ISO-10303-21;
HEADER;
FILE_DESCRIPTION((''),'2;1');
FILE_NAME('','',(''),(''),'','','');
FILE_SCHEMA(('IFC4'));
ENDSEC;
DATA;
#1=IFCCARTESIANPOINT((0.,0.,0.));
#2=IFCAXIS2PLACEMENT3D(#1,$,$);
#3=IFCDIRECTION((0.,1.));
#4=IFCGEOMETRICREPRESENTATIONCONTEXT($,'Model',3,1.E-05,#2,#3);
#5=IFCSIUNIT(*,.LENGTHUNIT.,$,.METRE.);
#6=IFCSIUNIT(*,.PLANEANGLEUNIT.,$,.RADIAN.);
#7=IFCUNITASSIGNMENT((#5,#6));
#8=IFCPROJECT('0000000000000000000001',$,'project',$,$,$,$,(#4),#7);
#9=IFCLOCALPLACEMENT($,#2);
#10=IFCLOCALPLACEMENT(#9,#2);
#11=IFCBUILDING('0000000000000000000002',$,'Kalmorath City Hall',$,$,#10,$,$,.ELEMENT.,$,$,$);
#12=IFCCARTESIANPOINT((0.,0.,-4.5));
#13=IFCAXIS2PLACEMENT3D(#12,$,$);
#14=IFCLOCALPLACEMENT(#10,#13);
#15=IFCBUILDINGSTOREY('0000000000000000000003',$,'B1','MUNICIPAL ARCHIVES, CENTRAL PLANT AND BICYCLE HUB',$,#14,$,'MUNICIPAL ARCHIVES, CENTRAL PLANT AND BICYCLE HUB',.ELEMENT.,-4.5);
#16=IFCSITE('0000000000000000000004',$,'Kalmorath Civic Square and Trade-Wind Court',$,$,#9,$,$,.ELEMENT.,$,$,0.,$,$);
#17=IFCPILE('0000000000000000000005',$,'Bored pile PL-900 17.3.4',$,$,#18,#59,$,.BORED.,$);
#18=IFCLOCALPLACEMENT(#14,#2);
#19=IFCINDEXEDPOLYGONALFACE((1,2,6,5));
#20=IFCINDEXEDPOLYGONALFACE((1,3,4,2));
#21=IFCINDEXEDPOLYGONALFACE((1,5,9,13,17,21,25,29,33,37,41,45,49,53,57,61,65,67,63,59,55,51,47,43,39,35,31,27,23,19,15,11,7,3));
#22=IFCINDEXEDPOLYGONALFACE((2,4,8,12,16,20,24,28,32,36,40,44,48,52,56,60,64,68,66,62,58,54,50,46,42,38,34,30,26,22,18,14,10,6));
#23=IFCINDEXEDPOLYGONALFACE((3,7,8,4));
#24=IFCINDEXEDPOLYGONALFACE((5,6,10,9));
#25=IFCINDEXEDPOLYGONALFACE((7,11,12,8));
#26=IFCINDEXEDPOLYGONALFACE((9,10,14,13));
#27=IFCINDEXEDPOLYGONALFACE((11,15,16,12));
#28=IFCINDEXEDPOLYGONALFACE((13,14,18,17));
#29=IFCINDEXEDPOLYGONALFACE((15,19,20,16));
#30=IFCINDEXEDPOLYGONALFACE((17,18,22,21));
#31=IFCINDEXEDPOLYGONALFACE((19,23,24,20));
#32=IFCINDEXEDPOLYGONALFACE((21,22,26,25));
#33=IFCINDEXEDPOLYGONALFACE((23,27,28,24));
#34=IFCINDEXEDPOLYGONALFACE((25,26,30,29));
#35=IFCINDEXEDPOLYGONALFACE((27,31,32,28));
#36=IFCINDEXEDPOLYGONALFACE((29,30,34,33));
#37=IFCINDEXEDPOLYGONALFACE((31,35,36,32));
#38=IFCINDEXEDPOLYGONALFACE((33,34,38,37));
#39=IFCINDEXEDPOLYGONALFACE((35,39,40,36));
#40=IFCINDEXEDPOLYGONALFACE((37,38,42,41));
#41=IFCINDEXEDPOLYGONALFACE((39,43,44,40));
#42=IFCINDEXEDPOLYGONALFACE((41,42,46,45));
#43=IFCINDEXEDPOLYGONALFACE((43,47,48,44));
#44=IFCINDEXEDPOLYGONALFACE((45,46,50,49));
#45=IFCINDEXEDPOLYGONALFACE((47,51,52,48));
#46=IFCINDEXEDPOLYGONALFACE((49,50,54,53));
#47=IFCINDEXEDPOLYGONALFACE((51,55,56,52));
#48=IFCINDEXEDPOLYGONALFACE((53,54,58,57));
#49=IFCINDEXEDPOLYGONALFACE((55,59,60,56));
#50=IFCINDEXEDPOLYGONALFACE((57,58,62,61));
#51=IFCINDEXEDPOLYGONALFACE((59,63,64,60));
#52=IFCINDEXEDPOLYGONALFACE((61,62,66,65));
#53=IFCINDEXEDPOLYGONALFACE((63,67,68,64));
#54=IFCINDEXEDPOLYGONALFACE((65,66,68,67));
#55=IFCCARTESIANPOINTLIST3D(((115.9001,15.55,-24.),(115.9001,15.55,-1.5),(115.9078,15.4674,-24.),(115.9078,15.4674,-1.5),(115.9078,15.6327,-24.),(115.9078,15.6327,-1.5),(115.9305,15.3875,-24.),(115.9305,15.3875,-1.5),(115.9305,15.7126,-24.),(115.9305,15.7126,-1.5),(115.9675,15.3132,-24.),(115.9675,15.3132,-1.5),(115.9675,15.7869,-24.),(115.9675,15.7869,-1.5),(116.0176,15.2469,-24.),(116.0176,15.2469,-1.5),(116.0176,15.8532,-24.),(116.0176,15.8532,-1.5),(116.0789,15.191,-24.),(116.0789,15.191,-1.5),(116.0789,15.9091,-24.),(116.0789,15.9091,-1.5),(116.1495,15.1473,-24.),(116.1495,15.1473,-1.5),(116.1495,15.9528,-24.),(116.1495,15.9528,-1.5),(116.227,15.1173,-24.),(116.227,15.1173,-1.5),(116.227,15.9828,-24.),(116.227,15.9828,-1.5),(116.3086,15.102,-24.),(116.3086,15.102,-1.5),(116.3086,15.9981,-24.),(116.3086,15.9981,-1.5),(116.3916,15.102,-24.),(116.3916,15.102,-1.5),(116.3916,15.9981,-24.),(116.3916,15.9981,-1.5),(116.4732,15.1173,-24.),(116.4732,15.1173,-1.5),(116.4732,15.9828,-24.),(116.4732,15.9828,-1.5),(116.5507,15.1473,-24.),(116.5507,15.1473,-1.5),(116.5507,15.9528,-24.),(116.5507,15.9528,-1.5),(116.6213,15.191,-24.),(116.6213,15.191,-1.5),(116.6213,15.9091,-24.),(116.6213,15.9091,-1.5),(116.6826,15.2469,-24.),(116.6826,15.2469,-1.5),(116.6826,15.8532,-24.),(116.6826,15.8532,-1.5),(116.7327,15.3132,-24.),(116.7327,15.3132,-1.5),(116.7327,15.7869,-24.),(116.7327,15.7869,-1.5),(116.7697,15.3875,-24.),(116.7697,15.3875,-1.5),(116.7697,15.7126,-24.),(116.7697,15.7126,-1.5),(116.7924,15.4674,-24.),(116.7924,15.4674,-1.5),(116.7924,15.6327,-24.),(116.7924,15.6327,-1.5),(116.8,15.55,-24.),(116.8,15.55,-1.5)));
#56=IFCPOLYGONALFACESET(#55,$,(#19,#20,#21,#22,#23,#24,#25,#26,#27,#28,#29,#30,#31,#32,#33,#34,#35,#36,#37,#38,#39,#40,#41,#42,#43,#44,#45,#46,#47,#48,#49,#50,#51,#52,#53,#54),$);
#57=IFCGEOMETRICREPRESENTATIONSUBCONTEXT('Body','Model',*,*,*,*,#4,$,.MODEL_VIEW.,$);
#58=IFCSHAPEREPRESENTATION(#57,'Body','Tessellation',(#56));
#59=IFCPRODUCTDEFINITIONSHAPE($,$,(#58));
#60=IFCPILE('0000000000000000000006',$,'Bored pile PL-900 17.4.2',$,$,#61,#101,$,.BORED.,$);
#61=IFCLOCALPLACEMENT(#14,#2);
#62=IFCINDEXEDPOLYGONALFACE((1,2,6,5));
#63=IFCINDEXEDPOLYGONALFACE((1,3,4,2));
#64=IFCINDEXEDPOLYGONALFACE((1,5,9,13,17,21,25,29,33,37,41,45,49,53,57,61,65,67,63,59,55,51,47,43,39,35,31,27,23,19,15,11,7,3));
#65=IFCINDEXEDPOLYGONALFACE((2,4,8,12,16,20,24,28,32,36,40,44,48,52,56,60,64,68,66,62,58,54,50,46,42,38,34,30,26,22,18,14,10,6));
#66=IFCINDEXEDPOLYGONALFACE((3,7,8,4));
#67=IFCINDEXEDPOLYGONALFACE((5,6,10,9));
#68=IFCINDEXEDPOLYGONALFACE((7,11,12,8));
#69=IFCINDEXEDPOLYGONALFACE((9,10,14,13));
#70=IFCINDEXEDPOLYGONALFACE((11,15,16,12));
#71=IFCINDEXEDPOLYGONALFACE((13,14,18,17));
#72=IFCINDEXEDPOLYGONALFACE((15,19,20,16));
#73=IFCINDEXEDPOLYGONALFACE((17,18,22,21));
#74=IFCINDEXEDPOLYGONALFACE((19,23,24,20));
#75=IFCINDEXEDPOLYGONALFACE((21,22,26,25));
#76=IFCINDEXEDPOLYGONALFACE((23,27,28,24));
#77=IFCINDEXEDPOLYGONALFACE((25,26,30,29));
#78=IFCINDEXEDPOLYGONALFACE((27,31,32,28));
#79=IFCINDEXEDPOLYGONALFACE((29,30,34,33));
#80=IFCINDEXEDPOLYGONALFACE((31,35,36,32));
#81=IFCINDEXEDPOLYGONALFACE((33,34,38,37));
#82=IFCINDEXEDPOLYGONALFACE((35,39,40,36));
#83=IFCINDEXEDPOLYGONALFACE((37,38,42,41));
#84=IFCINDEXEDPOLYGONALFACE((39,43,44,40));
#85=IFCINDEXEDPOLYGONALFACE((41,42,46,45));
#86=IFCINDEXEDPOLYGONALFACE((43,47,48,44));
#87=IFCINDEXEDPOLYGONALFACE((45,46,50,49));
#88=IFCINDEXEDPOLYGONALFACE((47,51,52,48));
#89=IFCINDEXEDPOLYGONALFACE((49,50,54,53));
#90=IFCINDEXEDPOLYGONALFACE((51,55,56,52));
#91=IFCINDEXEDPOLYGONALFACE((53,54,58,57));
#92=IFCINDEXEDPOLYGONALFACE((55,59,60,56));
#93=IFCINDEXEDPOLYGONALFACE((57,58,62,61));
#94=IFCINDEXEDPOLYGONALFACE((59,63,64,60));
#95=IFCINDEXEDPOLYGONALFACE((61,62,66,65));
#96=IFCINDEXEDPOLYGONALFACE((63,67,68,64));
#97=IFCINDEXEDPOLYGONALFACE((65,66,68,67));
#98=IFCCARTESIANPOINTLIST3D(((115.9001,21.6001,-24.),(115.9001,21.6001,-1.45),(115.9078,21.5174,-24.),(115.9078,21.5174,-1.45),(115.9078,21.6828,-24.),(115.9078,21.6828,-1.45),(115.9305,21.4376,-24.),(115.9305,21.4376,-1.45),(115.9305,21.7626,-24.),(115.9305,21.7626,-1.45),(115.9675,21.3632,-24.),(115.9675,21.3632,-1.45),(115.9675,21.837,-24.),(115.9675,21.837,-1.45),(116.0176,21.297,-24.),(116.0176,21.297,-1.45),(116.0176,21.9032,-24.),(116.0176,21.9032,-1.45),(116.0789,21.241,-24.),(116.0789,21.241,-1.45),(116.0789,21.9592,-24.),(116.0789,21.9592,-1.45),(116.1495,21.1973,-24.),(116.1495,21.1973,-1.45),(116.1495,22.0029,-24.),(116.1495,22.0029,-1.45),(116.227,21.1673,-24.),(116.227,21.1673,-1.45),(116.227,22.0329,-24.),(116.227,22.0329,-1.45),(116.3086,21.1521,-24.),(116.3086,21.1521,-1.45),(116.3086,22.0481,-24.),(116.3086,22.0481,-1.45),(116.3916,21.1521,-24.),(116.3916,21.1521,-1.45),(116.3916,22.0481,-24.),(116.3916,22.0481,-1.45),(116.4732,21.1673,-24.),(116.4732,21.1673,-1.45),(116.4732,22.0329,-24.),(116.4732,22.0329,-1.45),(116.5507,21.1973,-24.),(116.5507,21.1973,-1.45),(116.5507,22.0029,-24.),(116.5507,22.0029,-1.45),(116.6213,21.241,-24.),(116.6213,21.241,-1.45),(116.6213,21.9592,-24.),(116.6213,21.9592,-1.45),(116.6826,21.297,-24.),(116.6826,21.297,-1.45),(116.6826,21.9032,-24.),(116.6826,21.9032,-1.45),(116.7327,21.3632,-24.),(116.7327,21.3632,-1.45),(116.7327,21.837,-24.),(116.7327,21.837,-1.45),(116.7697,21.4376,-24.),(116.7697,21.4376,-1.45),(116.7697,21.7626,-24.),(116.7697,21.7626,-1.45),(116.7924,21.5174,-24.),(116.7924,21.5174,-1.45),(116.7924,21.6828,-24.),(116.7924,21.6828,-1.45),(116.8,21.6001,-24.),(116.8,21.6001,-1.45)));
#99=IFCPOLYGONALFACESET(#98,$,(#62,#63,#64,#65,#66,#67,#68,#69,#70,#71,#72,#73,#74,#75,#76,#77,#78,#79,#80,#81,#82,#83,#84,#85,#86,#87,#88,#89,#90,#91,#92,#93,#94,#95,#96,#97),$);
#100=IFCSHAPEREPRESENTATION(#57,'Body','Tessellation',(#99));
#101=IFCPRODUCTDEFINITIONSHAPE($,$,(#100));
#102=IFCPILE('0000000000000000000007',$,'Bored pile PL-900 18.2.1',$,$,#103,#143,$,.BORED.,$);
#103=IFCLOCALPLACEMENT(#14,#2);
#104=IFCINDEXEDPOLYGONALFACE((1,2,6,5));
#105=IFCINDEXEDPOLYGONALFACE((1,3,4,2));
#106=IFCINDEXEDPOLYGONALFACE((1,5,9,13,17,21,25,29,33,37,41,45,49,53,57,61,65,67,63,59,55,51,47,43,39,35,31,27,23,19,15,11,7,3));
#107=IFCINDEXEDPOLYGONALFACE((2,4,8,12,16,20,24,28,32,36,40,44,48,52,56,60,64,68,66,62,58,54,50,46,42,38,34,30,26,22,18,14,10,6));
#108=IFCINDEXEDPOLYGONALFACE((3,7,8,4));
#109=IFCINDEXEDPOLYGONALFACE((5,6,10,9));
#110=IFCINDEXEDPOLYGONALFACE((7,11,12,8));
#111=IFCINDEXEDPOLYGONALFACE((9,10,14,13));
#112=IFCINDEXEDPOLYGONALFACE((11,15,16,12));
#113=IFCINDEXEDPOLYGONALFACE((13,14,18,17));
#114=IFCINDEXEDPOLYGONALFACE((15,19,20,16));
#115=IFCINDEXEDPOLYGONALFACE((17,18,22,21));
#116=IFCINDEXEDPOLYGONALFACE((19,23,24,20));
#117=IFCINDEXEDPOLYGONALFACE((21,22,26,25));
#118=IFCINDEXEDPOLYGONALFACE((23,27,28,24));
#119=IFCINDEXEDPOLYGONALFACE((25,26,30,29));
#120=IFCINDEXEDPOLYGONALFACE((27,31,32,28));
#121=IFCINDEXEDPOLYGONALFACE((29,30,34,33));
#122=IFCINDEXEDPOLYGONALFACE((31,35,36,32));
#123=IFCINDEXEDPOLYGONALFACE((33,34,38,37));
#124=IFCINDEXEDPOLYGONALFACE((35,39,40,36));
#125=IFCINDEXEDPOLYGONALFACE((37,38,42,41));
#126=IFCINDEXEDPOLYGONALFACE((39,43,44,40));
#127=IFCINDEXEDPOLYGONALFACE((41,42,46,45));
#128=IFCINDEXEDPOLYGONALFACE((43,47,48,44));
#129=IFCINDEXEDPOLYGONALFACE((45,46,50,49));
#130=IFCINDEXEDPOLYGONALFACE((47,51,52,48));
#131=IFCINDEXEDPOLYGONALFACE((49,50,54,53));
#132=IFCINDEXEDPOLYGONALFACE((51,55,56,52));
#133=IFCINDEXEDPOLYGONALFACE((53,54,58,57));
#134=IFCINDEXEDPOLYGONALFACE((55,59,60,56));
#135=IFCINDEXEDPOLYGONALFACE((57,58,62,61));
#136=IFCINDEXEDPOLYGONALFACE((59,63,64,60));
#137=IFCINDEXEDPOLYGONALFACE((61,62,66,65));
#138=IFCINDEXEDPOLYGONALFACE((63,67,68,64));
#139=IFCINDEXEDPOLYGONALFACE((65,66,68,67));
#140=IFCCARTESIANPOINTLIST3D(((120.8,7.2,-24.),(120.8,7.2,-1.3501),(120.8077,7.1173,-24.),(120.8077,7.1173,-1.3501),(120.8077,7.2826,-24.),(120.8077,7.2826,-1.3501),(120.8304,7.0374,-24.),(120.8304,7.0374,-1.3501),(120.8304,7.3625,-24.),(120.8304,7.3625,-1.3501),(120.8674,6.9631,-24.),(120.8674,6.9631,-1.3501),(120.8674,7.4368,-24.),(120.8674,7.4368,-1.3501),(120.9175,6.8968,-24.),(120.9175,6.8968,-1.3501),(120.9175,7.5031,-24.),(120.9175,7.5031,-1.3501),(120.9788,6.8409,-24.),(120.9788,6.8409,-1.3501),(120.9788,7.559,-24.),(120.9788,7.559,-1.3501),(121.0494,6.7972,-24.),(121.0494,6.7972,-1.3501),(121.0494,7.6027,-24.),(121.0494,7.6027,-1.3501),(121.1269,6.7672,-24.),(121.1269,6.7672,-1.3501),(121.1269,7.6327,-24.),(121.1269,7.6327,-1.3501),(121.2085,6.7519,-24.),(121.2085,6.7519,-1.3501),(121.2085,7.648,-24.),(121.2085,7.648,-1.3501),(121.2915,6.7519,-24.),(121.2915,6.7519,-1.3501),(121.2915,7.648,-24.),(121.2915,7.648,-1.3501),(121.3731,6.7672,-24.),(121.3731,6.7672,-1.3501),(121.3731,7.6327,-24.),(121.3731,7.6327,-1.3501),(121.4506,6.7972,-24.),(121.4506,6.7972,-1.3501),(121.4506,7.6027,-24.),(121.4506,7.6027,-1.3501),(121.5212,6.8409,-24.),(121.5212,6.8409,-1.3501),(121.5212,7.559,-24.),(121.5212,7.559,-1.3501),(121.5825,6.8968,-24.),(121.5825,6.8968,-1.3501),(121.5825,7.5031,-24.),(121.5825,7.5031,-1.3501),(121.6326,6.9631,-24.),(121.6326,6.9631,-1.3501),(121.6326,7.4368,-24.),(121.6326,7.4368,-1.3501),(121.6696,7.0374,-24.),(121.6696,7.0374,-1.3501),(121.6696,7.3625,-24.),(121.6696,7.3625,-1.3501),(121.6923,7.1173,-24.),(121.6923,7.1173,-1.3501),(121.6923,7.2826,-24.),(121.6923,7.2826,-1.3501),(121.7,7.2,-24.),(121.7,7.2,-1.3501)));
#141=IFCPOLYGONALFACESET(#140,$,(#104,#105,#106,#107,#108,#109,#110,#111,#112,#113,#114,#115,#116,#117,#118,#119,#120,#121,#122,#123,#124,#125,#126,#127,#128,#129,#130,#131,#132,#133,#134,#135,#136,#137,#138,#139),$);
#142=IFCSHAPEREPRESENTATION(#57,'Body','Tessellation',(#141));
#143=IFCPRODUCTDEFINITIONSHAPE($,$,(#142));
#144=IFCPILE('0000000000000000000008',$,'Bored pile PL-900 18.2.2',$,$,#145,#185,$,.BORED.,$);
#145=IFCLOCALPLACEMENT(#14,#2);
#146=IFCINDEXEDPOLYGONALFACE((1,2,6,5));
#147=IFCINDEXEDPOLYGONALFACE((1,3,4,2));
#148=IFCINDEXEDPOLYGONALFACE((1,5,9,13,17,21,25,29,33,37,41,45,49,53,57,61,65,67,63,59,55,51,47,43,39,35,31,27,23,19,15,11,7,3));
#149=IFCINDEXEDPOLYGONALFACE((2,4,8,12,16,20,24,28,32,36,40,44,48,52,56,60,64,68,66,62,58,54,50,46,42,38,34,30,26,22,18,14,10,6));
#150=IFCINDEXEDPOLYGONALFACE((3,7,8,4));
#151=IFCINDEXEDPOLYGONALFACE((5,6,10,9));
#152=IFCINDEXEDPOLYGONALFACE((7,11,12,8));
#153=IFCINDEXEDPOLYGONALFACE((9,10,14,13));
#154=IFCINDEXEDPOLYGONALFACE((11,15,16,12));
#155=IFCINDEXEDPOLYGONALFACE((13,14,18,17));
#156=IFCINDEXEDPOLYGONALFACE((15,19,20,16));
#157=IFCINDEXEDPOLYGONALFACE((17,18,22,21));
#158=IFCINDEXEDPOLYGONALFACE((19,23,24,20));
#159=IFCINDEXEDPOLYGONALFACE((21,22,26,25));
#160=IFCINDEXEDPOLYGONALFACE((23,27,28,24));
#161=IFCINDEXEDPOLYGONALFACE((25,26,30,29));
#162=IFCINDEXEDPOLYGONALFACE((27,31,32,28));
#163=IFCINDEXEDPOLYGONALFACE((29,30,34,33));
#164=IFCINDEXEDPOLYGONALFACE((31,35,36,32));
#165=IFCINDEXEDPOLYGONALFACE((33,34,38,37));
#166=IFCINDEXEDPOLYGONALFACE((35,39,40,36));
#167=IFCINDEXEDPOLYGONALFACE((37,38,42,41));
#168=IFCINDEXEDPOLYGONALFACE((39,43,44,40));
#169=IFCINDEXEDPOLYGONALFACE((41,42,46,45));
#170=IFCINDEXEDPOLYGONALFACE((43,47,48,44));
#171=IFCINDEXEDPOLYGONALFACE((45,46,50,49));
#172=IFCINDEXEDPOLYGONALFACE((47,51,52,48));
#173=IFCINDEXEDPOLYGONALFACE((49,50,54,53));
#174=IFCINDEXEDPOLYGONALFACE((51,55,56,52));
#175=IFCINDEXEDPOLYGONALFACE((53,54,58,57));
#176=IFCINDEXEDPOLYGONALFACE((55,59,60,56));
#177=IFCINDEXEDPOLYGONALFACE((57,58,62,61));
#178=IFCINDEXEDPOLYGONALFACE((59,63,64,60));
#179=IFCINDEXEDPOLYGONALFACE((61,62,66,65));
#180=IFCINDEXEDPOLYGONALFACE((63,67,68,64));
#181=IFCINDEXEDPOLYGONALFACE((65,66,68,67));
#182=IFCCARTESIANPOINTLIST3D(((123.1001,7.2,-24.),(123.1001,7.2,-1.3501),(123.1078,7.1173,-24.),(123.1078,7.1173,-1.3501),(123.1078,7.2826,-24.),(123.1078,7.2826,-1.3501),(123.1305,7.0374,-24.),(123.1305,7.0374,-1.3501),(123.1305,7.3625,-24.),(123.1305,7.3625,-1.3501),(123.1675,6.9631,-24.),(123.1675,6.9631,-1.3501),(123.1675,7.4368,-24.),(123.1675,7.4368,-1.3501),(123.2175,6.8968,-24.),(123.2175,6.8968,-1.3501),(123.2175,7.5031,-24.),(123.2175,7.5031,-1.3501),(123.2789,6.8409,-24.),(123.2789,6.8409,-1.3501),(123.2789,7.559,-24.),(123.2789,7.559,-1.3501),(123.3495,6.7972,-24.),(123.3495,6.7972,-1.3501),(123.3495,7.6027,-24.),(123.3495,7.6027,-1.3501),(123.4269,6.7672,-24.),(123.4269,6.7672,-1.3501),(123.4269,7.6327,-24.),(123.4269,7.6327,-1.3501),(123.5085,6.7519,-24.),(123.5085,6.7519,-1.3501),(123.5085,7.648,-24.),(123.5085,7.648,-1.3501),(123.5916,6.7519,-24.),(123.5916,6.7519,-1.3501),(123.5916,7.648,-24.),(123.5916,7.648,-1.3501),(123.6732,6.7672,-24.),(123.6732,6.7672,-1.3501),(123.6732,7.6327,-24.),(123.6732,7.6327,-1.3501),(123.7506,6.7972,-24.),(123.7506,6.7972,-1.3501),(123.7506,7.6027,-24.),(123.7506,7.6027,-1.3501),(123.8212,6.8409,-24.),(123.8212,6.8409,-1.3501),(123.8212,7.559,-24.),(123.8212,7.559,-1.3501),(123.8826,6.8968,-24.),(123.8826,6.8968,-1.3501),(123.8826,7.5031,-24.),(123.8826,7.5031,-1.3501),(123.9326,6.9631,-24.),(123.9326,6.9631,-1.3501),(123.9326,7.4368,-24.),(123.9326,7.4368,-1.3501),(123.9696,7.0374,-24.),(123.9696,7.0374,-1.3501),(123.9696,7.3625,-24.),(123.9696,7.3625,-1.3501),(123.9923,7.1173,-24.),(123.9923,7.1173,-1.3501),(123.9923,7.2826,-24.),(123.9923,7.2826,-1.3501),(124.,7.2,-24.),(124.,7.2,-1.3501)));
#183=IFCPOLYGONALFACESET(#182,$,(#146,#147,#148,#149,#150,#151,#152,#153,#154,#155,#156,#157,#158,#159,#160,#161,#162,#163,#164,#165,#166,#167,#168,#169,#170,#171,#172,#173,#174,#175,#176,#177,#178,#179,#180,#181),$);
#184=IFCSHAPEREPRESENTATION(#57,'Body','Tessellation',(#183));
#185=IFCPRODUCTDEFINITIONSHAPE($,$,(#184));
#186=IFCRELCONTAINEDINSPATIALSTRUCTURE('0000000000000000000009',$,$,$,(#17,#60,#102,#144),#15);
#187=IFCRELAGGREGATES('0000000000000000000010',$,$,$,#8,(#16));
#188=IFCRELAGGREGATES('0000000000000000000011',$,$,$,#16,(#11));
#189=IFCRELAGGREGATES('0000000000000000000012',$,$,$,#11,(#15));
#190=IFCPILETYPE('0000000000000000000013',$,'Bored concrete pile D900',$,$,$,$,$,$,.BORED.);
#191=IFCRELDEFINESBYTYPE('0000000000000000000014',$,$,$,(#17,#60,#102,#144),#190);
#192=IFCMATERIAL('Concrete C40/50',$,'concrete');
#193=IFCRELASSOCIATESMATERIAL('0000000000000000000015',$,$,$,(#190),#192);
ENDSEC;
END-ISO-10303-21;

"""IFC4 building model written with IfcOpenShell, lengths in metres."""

from ifc_helpers import new_model, si_unit, direction, frame, origin, origin_2d, place, context, subcontext, project, spatial, circle, extrude, material, material_profile, profile_set, type_object, element, save


model = new_model("IFC4")

# Units and contexts
model_context = context("Model", 3, precision=1e-05, world=origin(), true_north=direction((0.0, 1.0)))
body_context = subcontext(model_context, "Body", "Model", "MODEL_VIEW")
ifc_project = project(units=[si_unit("LENGTHUNIT", "METRE"), si_unit("PLANEANGLEUNIT", "RADIAN")], contexts=[model_context])

# Site, building, storey
site_placement = place(None, origin())
site = spatial("IfcSite", under=ifc_project, at=site_placement, Name="Kalmorath Civic Square and Trade-Wind Court", CompositionType="ELEMENT", RefElevation=0.0)
building_placement = place(site_placement, origin())
building = spatial("IfcBuilding", under=site, at=building_placement, Name="Kalmorath City Hall", CompositionType="ELEMENT")
storey_placement = place(building_placement, frame((0.0, 0.0, -4.5)))
storey = spatial("IfcBuildingStorey", under=building, at=storey_placement, Name="B1", Description="MUNICIPAL ARCHIVES, CENTRAL PLANT AND BICYCLE HUB", LongName="MUNICIPAL ARCHIVES, CENTRAL PLANT AND BICYCLE HUB", CompositionType="ELEMENT", Elevation=-4.5)

# Piles
ifc_material_1 = material(Name="Concrete C40/50", Category="concrete")
ifc_material_profile_1 = material_profile(ifc_material_1, circle(Radius=0.45, at=origin_2d()), Name="PILE-D900")
ifc_profile_set_1 = profile_set([ifc_material_profile_1], Name="Concrete C40/50")
pile_type_1 = type_object("IfcPileType", Name="Bored concrete pile D900", PredefinedType="BORED", material=ifc_profile_set_1)
pile_1_placement = place(storey_placement, frame((116.3501, 15.55, -1.5), z_axis=(0.0, 0.0, -1.0), x_axis=(1.0, 0.0, 0.0)))
element("IfcPile", 1, at=pile_1_placement, inside=storey, type_object=pile_type_1, Name="Bored pile PL-900 17.3.4", PredefinedType="BORED", context=body_context, shape_type="SweptSolid", body=[
    extrude(circle(Radius=0.45, at=origin_2d()), origin(), (0.0, 0.0, 1.0), 22.5),
])
pile_2_placement = place(storey_placement, frame((116.3501, 21.6001, -1.45), z_axis=(0.0, 0.0, -1.0), x_axis=(1.0, 0.0, 0.0)))
element("IfcPile", 2, at=pile_2_placement, inside=storey, type_object=pile_type_1, Name="Bored pile PL-900 17.4.2", PredefinedType="BORED", context=body_context, shape_type="SweptSolid", body=[
    extrude(circle(Radius=0.45, at=origin_2d()), origin(), (0.0, 0.0, 1.0), 22.55),
])
for number, where, z_axis, x_axis, name in (
    (3, (121.25, 7.2, -1.3501), (0.0, 0.0, -1.0), (1.0, 0.0, 0.0), "Bored pile PL-900 18.2.1"),
    (4, (123.55, 7.2, -1.3501), (0.0, 0.0, -1.0), (1.0, 0.0, 0.0), "Bored pile PL-900 18.2.2"),
):
    element("IfcPile", number, at=place(storey_placement, frame(where, z_axis=z_axis, x_axis=x_axis)), inside=storey, type_object=pile_type_1, Name=name, PredefinedType="BORED", context=body_context, shape_type="SweptSolid", body=[
        extrude(circle(Radius=0.45, at=origin_2d()), origin(), (0.0, 0.0, 1.0), 22.6499),
    ])

save(model, "model.ifc")
